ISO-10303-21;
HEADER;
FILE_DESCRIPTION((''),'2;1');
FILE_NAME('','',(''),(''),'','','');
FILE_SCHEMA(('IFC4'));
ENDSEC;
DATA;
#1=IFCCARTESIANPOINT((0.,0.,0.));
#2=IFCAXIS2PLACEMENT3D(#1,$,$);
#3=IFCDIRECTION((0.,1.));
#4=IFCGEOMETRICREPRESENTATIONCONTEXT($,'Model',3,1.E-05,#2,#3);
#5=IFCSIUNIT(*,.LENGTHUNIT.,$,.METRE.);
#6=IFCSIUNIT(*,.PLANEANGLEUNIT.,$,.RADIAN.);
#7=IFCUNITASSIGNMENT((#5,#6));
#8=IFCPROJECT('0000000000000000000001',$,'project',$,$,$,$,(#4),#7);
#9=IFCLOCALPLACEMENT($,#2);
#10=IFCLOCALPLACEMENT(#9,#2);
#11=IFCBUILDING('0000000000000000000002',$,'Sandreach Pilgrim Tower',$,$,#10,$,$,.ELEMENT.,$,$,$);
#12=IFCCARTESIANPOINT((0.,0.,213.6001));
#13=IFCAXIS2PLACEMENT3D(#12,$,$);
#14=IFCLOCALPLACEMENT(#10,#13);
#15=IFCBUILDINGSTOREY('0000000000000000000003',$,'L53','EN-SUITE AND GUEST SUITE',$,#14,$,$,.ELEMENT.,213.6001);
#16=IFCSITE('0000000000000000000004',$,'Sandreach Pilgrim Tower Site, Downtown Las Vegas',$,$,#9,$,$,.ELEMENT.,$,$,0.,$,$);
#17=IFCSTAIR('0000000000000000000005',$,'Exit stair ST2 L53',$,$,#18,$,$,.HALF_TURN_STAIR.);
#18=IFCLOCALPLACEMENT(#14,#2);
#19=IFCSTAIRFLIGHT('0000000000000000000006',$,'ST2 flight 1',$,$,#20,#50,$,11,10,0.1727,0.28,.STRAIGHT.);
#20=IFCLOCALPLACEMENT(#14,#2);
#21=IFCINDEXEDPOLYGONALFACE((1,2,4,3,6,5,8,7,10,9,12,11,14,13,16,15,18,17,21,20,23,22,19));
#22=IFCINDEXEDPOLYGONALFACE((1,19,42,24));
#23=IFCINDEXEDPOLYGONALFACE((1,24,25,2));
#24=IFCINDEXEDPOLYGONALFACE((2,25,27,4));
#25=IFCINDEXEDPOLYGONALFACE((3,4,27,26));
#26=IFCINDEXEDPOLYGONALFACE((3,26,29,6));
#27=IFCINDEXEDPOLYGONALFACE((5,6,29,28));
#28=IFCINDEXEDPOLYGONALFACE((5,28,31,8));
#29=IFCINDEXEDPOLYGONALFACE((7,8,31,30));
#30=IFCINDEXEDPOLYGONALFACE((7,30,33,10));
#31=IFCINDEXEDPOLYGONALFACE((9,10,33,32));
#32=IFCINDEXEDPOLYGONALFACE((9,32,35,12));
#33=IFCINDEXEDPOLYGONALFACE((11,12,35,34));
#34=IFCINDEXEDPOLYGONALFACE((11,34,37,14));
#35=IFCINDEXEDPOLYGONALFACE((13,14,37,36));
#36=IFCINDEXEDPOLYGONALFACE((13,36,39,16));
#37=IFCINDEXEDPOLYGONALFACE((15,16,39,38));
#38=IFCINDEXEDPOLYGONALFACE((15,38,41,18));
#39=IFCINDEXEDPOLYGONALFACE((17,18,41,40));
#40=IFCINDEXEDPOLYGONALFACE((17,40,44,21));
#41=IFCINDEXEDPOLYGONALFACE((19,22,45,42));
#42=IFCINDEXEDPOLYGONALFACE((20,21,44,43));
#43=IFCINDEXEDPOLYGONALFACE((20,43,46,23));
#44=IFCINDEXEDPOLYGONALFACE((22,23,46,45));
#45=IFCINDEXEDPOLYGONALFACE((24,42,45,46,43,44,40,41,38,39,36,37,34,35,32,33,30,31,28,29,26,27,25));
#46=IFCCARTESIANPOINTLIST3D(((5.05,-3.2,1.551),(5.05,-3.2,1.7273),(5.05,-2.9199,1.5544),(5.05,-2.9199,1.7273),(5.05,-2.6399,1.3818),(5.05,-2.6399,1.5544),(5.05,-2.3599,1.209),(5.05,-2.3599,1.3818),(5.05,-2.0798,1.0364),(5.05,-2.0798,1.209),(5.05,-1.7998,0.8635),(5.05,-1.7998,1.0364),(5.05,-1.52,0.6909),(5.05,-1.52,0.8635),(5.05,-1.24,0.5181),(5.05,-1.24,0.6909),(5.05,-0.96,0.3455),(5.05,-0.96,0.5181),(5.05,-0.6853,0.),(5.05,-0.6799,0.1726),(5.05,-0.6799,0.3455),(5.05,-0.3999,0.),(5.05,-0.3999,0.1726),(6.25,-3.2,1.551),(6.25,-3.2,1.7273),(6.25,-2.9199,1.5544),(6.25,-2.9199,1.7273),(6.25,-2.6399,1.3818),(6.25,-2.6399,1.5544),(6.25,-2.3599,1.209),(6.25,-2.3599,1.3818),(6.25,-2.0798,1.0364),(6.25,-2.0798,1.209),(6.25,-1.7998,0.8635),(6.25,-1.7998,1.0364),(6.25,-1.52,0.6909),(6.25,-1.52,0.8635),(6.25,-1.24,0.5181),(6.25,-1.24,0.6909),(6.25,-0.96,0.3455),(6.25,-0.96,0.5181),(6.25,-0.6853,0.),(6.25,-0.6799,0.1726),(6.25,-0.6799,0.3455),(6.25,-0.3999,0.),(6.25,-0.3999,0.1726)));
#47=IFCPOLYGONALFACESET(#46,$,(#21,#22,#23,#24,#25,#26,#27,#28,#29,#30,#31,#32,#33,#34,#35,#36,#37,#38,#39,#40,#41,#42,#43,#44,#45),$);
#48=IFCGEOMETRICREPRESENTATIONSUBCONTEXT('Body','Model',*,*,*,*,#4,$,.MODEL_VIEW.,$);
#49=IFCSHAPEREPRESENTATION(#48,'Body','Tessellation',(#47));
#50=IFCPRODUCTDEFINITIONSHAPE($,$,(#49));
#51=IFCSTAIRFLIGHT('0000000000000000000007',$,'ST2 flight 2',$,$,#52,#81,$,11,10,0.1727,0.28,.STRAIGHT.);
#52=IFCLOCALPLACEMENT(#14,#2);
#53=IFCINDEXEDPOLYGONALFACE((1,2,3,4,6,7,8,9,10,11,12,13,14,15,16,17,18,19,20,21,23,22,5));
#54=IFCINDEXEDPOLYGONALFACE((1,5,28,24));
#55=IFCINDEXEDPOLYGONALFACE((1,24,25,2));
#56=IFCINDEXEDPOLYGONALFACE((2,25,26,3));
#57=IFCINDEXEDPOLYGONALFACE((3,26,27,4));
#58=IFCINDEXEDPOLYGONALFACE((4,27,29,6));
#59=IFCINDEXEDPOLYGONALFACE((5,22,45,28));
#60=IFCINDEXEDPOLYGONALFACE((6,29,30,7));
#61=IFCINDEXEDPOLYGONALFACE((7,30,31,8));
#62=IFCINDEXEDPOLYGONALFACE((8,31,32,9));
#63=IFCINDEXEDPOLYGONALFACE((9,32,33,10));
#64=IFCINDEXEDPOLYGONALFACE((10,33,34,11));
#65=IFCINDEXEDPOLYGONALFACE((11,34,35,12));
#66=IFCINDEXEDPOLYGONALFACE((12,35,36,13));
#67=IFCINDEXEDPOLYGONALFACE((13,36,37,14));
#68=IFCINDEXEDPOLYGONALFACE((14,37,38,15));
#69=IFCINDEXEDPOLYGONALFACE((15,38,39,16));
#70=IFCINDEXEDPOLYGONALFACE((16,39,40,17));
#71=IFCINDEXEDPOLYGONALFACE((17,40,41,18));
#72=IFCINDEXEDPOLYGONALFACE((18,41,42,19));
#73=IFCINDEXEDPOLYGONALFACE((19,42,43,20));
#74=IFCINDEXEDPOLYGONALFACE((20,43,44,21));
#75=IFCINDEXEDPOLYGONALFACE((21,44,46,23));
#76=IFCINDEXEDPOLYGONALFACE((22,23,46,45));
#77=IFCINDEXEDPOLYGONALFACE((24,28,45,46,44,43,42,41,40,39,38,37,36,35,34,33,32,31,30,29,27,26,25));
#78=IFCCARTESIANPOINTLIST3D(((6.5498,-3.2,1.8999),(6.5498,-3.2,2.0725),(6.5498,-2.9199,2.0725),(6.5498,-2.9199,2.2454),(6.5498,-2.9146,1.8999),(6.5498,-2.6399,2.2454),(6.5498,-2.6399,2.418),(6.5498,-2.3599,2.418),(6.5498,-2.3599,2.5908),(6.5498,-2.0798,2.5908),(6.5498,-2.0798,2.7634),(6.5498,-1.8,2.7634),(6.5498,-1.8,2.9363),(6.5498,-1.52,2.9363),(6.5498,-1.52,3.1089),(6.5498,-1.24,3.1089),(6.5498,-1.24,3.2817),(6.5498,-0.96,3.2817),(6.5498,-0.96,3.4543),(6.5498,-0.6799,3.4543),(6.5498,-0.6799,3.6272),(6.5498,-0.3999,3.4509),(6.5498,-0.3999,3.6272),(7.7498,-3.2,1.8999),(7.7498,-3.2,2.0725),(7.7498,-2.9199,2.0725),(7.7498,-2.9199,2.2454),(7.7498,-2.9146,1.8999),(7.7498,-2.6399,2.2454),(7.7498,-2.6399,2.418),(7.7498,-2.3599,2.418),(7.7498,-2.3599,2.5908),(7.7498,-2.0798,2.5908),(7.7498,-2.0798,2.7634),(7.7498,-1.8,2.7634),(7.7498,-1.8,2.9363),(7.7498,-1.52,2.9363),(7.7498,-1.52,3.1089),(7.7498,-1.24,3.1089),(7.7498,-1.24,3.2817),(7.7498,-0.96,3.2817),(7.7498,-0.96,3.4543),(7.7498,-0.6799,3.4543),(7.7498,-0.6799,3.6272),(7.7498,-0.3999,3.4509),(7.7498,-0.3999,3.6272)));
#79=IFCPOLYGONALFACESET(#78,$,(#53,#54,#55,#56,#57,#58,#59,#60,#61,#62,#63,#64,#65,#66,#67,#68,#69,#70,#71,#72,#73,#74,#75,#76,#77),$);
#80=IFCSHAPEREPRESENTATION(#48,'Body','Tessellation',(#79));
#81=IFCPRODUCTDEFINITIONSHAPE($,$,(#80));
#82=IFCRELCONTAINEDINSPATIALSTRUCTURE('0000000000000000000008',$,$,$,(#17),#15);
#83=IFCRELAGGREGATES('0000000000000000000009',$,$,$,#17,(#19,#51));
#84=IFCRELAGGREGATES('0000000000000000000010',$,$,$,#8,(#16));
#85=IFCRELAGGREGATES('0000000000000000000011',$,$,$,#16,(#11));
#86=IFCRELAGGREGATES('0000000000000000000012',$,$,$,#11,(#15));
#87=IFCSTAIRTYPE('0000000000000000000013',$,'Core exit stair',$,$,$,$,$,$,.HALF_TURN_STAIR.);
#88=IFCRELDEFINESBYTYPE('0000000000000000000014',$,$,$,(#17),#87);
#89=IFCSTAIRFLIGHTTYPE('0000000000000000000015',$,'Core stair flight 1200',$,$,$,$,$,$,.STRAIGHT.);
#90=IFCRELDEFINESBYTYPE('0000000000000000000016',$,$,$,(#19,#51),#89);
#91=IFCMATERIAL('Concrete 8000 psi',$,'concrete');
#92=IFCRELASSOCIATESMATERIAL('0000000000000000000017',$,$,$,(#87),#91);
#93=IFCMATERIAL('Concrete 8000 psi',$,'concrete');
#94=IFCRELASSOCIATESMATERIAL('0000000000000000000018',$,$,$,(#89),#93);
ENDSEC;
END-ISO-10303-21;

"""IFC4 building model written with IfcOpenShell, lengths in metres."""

from ifc_helpers import new_model, si_unit, direction, frame, origin, place, context, subcontext, project, spatial, polyline, outline, extrude, material, type_object, element, aggregate, save


model = new_model("IFC4")

# Units and contexts
model_context = context("Model", 3, precision=1e-05, world=origin(), true_north=direction((0.0, 1.0)))
body_context = subcontext(model_context, "Body", "Model", "MODEL_VIEW")
ifc_project = project(units=[si_unit("LENGTHUNIT", "METRE"), si_unit("PLANEANGLEUNIT", "RADIAN")], contexts=[model_context])

# Site, building, storey
site_placement = place(None, origin())
site = spatial("IfcSite", under=ifc_project, at=site_placement, Name="Sandreach Pilgrim Tower Site, Downtown Las Vegas", CompositionType="ELEMENT", RefElevation=0.0)
building_placement = place(site_placement, origin())
building = spatial("IfcBuilding", under=site, at=building_placement, Name="Sandreach Pilgrim Tower", CompositionType="ELEMENT")
storey_placement = place(building_placement, frame((0.0, 0.0, 213.6001)))
storey = spatial("IfcBuildingStorey", under=building, at=storey_placement, Name="L53", Description="EN-SUITE AND GUEST SUITE", CompositionType="ELEMENT", Elevation=213.6001)

# Stair, stair flights
ifc_material_1 = material(Name="Concrete 8000 psi", Category="concrete")
stair_type = type_object("IfcStairType", Name="Core exit stair", PredefinedType="HALF_TURN_STAIR", material=ifc_material_1)
stair_placement = place(storey_placement, origin())
stair = element("IfcStair", 1, at=stair_placement, inside=storey, type_object=stair_type, Name="Exit stair ST2 L53", PredefinedType="HALF_TURN_STAIR")
ifc_material_2 = material(Name="Concrete 8000 psi", Category="concrete")
stair_flight_type = type_object("IfcStairFlightType", Name="Core stair flight 1200", PredefinedType="STRAIGHT", material=ifc_material_2)
stair_flight_1_placement = place(storey_placement, frame((5.6499, -0.3999, 0.0), z_axis=(0.0, 0.0, 1.0), x_axis=(0.0, -1.0, 0.0)))
stair_flight_1 = element("IfcStairFlight", 2, at=stair_flight_1_placement, type_object=stair_flight_type, Name="ST2 flight 1", NumberOfRisers=11, NumberOfTreads=10, PredefinedType="STRAIGHT", RiserHeight=0.1727, TreadLength=0.28, context=body_context, shape_type="SweptSolid", body=[
    extrude(outline(polyline([(0.0, 0.0), (0.0, 0.1726), (0.28, 0.1726), (0.28, 0.3455), (0.5601, 0.3455), (0.5601, 0.5181), (0.8401, 0.5181), (0.8401, 0.6909), (1.1201, 0.6909), (1.1201, 0.8635), (1.3999, 0.8635), (1.3999, 1.0364), (1.6799, 1.0364), (1.6799, 1.209), (1.96, 1.209), (1.96, 1.3818), (2.24, 1.3818), (2.24, 1.5544), (2.52, 1.5544), (2.52, 1.7273), (2.8, 1.7273), (2.8, 1.8999), (2.8, 1.551), (0.2854, 0.0), (0.0, 0.0)])), frame((0.0, 0.6001, 0.0), z_axis=(0.0, -1.0, 0.0), x_axis=(1.0, 0.0, 0.0)), (0.0, 0.0, 1.0), 1.2),
])
stair_flight_2_placement = place(storey_placement, frame((7.1499, -3.2, 1.8999), z_axis=(0.0, 0.0, 1.0), x_axis=(0.0, 1.0, 0.0)))
stair_flight_2 = element("IfcStairFlight", 3, at=stair_flight_2_placement, type_object=stair_flight_type, Name="ST2 flight 2", NumberOfRisers=11, NumberOfTreads=10, PredefinedType="STRAIGHT", RiserHeight=0.1727, TreadLength=0.28, context=body_context, shape_type="SweptSolid", body=[
    extrude(outline(polyline([(0.0, 0.0), (0.0, 0.1726), (0.28, 0.1726), (0.28, 0.3455), (0.5601, 0.3455), (0.5601, 0.5181), (0.8401, 0.5181), (0.8401, 0.6909), (1.1201, 0.6909), (1.1201, 0.8635), (1.3999, 0.8635), (1.3999, 1.0364), (1.6799, 1.0364), (1.6799, 1.209), (1.96, 1.209), (1.96, 1.3818), (2.24, 1.3818), (2.24, 1.5544), (2.52, 1.5544), (2.52, 1.7273), (2.8, 1.7273), (2.8, 1.8999), (2.8, 1.551), (0.2854, 0.0), (0.0, 0.0)])), frame((0.0, 0.6001, 0.0), z_axis=(0.0, -1.0, 0.0), x_axis=(1.0, 0.0, 0.0)), (0.0, 0.0, 1.0), 1.2),
])
aggregate(stair, [stair_flight_1, stair_flight_2])

save(model, "model.ifc")
